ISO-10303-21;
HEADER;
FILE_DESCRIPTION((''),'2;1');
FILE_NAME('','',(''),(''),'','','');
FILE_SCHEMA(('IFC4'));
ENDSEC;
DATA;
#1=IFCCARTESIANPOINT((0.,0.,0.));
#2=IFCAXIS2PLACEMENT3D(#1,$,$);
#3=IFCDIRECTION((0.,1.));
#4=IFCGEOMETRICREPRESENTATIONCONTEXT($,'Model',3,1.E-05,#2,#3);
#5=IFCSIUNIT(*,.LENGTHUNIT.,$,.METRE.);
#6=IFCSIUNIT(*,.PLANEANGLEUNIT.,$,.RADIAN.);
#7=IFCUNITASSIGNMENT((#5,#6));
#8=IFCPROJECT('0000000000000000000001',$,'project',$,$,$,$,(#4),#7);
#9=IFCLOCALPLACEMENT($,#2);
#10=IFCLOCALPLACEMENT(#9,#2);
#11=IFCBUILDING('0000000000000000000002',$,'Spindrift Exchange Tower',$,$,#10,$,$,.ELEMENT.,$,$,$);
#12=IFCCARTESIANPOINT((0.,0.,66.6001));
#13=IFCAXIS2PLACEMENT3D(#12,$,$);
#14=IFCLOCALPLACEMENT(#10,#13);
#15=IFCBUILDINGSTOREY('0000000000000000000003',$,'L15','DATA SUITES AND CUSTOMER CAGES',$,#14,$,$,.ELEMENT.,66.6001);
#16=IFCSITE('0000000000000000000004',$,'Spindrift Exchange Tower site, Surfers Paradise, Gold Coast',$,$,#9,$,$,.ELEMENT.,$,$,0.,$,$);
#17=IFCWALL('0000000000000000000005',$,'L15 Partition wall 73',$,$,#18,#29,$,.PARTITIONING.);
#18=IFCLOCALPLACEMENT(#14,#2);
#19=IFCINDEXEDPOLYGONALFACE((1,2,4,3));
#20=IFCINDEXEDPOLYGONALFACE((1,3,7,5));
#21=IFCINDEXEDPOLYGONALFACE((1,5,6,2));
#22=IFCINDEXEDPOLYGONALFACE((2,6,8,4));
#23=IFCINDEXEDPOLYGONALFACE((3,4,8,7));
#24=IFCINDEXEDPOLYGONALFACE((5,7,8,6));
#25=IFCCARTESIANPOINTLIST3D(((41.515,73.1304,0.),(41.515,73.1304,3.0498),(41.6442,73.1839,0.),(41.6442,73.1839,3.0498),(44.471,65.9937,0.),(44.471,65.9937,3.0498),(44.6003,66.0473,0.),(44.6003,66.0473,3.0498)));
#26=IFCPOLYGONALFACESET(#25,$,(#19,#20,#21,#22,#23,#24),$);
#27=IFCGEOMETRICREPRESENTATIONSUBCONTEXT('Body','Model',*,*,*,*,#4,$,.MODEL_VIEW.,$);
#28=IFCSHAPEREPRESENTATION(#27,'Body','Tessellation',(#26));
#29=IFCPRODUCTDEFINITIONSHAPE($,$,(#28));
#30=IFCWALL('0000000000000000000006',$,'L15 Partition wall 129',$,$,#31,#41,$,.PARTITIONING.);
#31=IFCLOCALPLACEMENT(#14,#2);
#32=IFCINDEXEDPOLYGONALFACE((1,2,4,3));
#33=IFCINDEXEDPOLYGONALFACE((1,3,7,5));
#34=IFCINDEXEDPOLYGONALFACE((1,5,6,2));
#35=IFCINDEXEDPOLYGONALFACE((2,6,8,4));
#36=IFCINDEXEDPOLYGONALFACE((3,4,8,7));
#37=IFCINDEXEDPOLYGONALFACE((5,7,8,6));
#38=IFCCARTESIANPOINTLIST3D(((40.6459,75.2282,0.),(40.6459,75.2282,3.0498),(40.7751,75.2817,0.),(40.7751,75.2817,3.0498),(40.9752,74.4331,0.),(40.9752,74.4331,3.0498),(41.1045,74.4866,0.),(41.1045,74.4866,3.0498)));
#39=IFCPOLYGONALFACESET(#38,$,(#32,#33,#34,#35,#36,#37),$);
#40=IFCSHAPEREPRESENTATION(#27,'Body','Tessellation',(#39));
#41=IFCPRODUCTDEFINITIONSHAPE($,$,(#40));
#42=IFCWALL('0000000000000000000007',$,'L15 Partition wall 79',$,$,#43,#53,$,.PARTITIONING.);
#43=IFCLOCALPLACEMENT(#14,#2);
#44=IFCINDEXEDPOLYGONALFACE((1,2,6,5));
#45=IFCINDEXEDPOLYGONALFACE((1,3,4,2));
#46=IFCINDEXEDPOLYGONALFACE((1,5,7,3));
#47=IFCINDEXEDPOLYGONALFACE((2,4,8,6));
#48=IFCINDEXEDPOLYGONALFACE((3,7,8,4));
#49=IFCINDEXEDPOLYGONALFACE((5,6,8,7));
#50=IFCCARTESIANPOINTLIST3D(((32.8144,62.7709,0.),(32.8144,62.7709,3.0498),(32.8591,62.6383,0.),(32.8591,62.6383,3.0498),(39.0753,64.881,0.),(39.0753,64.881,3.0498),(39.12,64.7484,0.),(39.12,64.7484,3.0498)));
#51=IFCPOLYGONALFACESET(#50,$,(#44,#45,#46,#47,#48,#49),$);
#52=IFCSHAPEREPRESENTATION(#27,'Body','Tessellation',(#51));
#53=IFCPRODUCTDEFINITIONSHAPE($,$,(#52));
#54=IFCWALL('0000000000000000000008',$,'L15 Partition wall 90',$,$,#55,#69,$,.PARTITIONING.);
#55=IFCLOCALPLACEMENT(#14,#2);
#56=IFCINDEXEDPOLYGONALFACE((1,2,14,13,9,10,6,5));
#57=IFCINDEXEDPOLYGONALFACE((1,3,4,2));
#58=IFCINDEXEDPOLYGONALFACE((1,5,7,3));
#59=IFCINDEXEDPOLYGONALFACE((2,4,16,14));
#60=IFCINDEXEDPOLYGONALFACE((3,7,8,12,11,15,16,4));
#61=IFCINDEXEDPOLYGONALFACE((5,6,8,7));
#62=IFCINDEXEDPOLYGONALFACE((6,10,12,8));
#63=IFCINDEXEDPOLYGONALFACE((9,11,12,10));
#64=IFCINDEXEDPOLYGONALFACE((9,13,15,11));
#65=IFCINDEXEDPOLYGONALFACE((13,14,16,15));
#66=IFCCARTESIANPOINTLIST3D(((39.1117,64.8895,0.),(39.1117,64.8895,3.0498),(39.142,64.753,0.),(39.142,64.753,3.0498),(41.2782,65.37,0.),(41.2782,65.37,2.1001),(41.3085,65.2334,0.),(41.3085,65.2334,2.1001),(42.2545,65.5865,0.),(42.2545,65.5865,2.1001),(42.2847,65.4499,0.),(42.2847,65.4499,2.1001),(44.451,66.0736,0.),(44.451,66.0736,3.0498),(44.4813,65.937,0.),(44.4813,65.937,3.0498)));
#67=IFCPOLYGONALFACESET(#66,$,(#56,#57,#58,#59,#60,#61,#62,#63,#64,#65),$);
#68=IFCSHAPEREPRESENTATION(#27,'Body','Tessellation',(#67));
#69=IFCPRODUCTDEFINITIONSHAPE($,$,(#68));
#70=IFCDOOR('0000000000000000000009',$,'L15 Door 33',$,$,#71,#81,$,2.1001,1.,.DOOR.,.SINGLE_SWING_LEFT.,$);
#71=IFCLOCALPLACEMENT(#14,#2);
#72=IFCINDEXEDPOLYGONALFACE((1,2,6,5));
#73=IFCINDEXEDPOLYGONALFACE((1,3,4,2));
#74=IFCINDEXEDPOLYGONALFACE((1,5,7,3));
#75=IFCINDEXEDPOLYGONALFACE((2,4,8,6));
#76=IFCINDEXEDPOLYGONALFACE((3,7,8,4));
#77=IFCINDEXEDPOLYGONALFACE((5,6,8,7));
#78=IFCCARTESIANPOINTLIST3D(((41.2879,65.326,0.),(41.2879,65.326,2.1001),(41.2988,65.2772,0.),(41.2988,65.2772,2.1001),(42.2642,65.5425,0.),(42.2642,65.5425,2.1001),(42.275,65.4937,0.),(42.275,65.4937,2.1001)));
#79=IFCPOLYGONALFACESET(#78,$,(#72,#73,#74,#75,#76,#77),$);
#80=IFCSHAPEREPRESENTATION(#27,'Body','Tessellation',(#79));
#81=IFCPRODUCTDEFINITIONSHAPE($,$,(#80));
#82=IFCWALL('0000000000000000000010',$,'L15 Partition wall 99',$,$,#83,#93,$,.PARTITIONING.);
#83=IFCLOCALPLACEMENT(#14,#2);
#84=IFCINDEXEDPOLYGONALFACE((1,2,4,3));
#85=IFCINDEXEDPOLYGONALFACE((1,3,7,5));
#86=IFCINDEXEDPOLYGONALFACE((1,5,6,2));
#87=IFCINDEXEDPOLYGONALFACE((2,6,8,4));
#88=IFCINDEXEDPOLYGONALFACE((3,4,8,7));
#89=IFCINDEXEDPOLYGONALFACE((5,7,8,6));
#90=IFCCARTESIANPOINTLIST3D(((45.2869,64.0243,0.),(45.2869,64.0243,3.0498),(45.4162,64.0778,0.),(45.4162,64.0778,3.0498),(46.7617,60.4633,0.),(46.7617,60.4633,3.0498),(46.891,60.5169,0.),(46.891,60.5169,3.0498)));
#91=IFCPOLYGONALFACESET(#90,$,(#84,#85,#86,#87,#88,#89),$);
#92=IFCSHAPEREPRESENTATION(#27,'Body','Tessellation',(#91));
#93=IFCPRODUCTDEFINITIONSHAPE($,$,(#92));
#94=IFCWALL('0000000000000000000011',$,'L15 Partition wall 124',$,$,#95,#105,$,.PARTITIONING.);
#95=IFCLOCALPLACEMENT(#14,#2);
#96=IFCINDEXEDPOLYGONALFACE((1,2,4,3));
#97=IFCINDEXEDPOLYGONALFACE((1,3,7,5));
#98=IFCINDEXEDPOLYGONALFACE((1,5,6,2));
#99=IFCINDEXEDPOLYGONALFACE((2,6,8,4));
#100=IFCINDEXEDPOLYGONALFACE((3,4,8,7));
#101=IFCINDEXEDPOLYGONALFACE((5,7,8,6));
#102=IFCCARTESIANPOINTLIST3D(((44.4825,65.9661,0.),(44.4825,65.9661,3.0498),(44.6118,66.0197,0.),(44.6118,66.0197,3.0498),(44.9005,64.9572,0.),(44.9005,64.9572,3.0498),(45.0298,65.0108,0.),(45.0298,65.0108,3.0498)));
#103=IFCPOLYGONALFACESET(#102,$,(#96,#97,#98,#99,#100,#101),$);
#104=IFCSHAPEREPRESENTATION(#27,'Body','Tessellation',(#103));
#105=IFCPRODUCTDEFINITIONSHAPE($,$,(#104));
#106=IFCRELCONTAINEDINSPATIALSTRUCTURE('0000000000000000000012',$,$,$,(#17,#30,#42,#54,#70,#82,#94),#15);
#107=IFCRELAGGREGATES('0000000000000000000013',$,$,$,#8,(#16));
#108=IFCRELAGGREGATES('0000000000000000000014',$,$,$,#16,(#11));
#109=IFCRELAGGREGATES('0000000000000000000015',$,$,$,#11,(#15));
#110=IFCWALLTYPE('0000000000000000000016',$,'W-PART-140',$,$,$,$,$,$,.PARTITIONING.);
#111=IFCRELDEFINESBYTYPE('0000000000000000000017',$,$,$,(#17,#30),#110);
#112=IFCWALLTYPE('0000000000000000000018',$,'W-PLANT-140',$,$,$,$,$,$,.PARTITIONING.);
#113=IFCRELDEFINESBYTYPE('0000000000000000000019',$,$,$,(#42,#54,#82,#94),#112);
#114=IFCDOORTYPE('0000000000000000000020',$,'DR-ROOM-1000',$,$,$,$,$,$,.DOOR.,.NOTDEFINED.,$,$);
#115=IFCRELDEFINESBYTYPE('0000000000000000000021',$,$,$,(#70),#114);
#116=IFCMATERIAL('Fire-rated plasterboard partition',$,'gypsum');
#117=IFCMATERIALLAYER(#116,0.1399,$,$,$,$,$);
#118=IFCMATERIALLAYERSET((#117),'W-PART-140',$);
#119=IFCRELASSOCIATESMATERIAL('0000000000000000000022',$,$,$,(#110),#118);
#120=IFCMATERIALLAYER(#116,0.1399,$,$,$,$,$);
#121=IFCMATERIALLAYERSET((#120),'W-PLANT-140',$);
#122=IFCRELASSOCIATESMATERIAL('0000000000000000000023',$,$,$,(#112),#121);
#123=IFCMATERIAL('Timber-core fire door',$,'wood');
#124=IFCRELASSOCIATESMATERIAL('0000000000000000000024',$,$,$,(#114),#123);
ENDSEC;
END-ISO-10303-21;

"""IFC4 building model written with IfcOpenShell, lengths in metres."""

from ifc_helpers import new_model, si_unit, direction, frame, frame_2d, origin, place, context, subcontext, project, spatial, rectangle, extrude, source, transform, mapped, material, layer, layer_set, type_object, element, fill, save


model = new_model("IFC4")

# Units and contexts
model_context = context("Model", 3, precision=1e-05, world=origin(), true_north=direction((0.0, 1.0)))
body_context = subcontext(model_context, "Body", "Model", "MODEL_VIEW")
ifc_project = project(units=[si_unit("LENGTHUNIT", "METRE"), si_unit("PLANEANGLEUNIT", "RADIAN")], contexts=[model_context])

# Site, building, storey
site_placement = place(None, origin())
site = spatial("IfcSite", under=ifc_project, at=site_placement, Name="Spindrift Exchange Tower site, Surfers Paradise, Gold Coast", CompositionType="ELEMENT", RefElevation=0.0)
building_placement = place(site_placement, origin())
building = spatial("IfcBuilding", under=site, at=building_placement, Name="Spindrift Exchange Tower", CompositionType="ELEMENT")
storey_placement = place(building_placement, frame((0.0, 0.0, 66.6001)))
storey = spatial("IfcBuildingStorey", under=building, at=storey_placement, Name="L15", Description="DATA SUITES AND CUSTOMER CAGES", CompositionType="ELEMENT", Elevation=66.6001)

# Shared definitions
ifc_material_1 = material(Name="Timber-core fire door", Category="wood")

# Walls
ifc_material_2 = material(Name="Fire-rated plasterboard partition", Category="gypsum")
ifc_layer_1 = layer(ifc_material_2, 0.1399)
ifc_layer_set_1 = layer_set([ifc_layer_1], Name="W-PART-140")
wall_type_1 = type_object("IfcWallType", Name="W-PART-140", PredefinedType="PARTITIONING", material=ifc_layer_set_1)
wall_1_placement = place(storey_placement, frame((44.5356, 66.0205, 0.0), z_axis=(0.0, 0.0, 1.0), x_axis=(-0.382676, 0.923883, 0.0)))
element("IfcWall", 1, at=wall_1_placement, inside=storey, type_object=wall_type_1, Name="L15 Partition wall 73", PredefinedType="PARTITIONING", context=body_context, shape_type="SweptSolid", body=[
    extrude(rectangle(XDim=7.7246, YDim=0.1399, at=frame_2d((3.8623, 0.0))), origin(), (0.0, 0.0, 1.0), 3.0498),
])
wall_2_placement = place(storey_placement, frame((41.0398, 74.46, 0.0), z_axis=(0.0, 0.0, 1.0), x_axis=(-0.382661, 0.923889, 0.0)))
element("IfcWall", 2, at=wall_2_placement, inside=storey, type_object=wall_type_1, Name="L15 Partition wall 129", PredefinedType="PARTITIONING", context=body_context, shape_type="SweptSolid", body=[
    extrude(rectangle(XDim=0.8606, YDim=0.1399, at=frame_2d((0.4302, 0.0))), origin(), (0.0, 0.0, 1.0), 3.0498),
])
ifc_layer_2 = layer(ifc_material_2, 0.1399)
ifc_layer_set_2 = layer_set([ifc_layer_2], Name="W-PLANT-140")
wall_type_2 = type_object("IfcWallType", Name="W-PLANT-140", PredefinedType="PARTITIONING", material=ifc_layer_set_2)
wall_3_placement = place(storey_placement, frame((39.0977, 64.8147, 0.0), z_axis=(0.0, 0.0, 1.0), x_axis=(-0.947629, -0.319374, 0.0)))
element("IfcWall", 3, at=wall_3_placement, inside=storey, type_object=wall_type_2, Name="L15 Partition wall 79", PredefinedType="PARTITIONING", context=body_context, shape_type="SweptSolid", body=[
    extrude(rectangle(XDim=6.6069, YDim=0.1399, at=frame_2d((3.3035, 0.0))), origin(), (0.0, 0.0, 1.0), 3.0498),
])

# Wall, opening, door
wall_4_placement = place(storey_placement, frame((39.127, 64.8213, 0.0), z_axis=(0.0, 0.0, 1.0), x_axis=(0.976281, 0.216505, 0.0)))
wall_4 = element("IfcWall", 4, at=wall_4_placement, inside=storey, type_object=wall_type_2, Name="L15 Partition wall 90", PredefinedType="PARTITIONING", context=body_context, shape_type="SweptSolid", body=[
    extrude(rectangle(XDim=5.469, YDim=0.1399, at=frame_2d((2.7344, 0.0))), origin(), (0.0, 0.0, 1.0), 3.0498),
])
opening_1_placement = place(wall_4_placement, frame((2.219, 0.0, 0.0)))
opening_1 = element("IfcOpeningElement", 5, at=opening_1_placement, cuts=wall_4, PredefinedType="OPENING", context=body_context, shape_type="SweptSolid", body=[
    extrude(rectangle(XDim=1.0, YDim=2.1001, at=frame_2d((0.5, 1.05))), frame((0.0, 0.0798, 0.0), z_axis=(0.0, -1.0, 0.0), x_axis=(1.0, 0.0, 0.0)), (0.0, 0.0, 1.0), 0.1599),
])
door_type_1 = type_object("IfcDoorType", Name="DR-ROOM-1000", OperationType="NOTDEFINED", PredefinedType="DOOR", material=ifc_material_1)
shared_shape_1 = source(origin(), body_context, "Body", "SweptSolid", [
    extrude(rectangle(XDim=1.0, YDim=2.1001, at=frame_2d((0.5, 1.05))), frame((0.0, 0.0249, 0.0), z_axis=(0.0, -1.0, 0.0), x_axis=(1.0, 0.0, 0.0)), (0.0, 0.0, 1.0), 0.05),
])
door_1_placement = place(opening_1_placement, origin())
door_1 = element("IfcDoor", 6, at=door_1_placement, inside=storey, type_object=door_type_1, Name="L15 Door 33", OperationType="SINGLE_SWING_LEFT", OverallHeight=2.1001, OverallWidth=1.0, PredefinedType="DOOR", context=body_context, shape_type="MappedRepresentation", body=[
    mapped(shared_shape_1, transform((0.0, 0.0, 0.0), scale=1.0)),
])
fill(opening_1, door_1)

# Walls
wall_5_placement = place(storey_placement, frame((46.8264, 60.49, 0.0), z_axis=(0.0, 0.0, 1.0), x_axis=(-0.382645, 0.923896, 0.0)))
element("IfcWall", 7, at=wall_5_placement, inside=storey, type_object=wall_type_2, Name="L15 Partition wall 99", PredefinedType="PARTITIONING", context=body_context, shape_type="SweptSolid", body=[
    extrude(rectangle(XDim=3.8542, YDim=0.1399, at=frame_2d((1.9272, 0.0))), origin(), (0.0, 0.0, 1.0), 3.0498),
])
wall_6_placement = place(storey_placement, frame((44.9651, 64.9841, 0.0), z_axis=(0.0, 0.0, 1.0), x_axis=(-0.382773, 0.923842, 0.0)))
element("IfcWall", 8, at=wall_6_placement, inside=storey, type_object=wall_type_2, Name="L15 Partition wall 124", PredefinedType="PARTITIONING", context=body_context, shape_type="SweptSolid", body=[
    extrude(rectangle(XDim=1.092, YDim=0.1399, at=frame_2d((0.5459, 0.0))), origin(), (0.0, 0.0, 1.0), 3.0498),
])

save(model, "model.ifc")
